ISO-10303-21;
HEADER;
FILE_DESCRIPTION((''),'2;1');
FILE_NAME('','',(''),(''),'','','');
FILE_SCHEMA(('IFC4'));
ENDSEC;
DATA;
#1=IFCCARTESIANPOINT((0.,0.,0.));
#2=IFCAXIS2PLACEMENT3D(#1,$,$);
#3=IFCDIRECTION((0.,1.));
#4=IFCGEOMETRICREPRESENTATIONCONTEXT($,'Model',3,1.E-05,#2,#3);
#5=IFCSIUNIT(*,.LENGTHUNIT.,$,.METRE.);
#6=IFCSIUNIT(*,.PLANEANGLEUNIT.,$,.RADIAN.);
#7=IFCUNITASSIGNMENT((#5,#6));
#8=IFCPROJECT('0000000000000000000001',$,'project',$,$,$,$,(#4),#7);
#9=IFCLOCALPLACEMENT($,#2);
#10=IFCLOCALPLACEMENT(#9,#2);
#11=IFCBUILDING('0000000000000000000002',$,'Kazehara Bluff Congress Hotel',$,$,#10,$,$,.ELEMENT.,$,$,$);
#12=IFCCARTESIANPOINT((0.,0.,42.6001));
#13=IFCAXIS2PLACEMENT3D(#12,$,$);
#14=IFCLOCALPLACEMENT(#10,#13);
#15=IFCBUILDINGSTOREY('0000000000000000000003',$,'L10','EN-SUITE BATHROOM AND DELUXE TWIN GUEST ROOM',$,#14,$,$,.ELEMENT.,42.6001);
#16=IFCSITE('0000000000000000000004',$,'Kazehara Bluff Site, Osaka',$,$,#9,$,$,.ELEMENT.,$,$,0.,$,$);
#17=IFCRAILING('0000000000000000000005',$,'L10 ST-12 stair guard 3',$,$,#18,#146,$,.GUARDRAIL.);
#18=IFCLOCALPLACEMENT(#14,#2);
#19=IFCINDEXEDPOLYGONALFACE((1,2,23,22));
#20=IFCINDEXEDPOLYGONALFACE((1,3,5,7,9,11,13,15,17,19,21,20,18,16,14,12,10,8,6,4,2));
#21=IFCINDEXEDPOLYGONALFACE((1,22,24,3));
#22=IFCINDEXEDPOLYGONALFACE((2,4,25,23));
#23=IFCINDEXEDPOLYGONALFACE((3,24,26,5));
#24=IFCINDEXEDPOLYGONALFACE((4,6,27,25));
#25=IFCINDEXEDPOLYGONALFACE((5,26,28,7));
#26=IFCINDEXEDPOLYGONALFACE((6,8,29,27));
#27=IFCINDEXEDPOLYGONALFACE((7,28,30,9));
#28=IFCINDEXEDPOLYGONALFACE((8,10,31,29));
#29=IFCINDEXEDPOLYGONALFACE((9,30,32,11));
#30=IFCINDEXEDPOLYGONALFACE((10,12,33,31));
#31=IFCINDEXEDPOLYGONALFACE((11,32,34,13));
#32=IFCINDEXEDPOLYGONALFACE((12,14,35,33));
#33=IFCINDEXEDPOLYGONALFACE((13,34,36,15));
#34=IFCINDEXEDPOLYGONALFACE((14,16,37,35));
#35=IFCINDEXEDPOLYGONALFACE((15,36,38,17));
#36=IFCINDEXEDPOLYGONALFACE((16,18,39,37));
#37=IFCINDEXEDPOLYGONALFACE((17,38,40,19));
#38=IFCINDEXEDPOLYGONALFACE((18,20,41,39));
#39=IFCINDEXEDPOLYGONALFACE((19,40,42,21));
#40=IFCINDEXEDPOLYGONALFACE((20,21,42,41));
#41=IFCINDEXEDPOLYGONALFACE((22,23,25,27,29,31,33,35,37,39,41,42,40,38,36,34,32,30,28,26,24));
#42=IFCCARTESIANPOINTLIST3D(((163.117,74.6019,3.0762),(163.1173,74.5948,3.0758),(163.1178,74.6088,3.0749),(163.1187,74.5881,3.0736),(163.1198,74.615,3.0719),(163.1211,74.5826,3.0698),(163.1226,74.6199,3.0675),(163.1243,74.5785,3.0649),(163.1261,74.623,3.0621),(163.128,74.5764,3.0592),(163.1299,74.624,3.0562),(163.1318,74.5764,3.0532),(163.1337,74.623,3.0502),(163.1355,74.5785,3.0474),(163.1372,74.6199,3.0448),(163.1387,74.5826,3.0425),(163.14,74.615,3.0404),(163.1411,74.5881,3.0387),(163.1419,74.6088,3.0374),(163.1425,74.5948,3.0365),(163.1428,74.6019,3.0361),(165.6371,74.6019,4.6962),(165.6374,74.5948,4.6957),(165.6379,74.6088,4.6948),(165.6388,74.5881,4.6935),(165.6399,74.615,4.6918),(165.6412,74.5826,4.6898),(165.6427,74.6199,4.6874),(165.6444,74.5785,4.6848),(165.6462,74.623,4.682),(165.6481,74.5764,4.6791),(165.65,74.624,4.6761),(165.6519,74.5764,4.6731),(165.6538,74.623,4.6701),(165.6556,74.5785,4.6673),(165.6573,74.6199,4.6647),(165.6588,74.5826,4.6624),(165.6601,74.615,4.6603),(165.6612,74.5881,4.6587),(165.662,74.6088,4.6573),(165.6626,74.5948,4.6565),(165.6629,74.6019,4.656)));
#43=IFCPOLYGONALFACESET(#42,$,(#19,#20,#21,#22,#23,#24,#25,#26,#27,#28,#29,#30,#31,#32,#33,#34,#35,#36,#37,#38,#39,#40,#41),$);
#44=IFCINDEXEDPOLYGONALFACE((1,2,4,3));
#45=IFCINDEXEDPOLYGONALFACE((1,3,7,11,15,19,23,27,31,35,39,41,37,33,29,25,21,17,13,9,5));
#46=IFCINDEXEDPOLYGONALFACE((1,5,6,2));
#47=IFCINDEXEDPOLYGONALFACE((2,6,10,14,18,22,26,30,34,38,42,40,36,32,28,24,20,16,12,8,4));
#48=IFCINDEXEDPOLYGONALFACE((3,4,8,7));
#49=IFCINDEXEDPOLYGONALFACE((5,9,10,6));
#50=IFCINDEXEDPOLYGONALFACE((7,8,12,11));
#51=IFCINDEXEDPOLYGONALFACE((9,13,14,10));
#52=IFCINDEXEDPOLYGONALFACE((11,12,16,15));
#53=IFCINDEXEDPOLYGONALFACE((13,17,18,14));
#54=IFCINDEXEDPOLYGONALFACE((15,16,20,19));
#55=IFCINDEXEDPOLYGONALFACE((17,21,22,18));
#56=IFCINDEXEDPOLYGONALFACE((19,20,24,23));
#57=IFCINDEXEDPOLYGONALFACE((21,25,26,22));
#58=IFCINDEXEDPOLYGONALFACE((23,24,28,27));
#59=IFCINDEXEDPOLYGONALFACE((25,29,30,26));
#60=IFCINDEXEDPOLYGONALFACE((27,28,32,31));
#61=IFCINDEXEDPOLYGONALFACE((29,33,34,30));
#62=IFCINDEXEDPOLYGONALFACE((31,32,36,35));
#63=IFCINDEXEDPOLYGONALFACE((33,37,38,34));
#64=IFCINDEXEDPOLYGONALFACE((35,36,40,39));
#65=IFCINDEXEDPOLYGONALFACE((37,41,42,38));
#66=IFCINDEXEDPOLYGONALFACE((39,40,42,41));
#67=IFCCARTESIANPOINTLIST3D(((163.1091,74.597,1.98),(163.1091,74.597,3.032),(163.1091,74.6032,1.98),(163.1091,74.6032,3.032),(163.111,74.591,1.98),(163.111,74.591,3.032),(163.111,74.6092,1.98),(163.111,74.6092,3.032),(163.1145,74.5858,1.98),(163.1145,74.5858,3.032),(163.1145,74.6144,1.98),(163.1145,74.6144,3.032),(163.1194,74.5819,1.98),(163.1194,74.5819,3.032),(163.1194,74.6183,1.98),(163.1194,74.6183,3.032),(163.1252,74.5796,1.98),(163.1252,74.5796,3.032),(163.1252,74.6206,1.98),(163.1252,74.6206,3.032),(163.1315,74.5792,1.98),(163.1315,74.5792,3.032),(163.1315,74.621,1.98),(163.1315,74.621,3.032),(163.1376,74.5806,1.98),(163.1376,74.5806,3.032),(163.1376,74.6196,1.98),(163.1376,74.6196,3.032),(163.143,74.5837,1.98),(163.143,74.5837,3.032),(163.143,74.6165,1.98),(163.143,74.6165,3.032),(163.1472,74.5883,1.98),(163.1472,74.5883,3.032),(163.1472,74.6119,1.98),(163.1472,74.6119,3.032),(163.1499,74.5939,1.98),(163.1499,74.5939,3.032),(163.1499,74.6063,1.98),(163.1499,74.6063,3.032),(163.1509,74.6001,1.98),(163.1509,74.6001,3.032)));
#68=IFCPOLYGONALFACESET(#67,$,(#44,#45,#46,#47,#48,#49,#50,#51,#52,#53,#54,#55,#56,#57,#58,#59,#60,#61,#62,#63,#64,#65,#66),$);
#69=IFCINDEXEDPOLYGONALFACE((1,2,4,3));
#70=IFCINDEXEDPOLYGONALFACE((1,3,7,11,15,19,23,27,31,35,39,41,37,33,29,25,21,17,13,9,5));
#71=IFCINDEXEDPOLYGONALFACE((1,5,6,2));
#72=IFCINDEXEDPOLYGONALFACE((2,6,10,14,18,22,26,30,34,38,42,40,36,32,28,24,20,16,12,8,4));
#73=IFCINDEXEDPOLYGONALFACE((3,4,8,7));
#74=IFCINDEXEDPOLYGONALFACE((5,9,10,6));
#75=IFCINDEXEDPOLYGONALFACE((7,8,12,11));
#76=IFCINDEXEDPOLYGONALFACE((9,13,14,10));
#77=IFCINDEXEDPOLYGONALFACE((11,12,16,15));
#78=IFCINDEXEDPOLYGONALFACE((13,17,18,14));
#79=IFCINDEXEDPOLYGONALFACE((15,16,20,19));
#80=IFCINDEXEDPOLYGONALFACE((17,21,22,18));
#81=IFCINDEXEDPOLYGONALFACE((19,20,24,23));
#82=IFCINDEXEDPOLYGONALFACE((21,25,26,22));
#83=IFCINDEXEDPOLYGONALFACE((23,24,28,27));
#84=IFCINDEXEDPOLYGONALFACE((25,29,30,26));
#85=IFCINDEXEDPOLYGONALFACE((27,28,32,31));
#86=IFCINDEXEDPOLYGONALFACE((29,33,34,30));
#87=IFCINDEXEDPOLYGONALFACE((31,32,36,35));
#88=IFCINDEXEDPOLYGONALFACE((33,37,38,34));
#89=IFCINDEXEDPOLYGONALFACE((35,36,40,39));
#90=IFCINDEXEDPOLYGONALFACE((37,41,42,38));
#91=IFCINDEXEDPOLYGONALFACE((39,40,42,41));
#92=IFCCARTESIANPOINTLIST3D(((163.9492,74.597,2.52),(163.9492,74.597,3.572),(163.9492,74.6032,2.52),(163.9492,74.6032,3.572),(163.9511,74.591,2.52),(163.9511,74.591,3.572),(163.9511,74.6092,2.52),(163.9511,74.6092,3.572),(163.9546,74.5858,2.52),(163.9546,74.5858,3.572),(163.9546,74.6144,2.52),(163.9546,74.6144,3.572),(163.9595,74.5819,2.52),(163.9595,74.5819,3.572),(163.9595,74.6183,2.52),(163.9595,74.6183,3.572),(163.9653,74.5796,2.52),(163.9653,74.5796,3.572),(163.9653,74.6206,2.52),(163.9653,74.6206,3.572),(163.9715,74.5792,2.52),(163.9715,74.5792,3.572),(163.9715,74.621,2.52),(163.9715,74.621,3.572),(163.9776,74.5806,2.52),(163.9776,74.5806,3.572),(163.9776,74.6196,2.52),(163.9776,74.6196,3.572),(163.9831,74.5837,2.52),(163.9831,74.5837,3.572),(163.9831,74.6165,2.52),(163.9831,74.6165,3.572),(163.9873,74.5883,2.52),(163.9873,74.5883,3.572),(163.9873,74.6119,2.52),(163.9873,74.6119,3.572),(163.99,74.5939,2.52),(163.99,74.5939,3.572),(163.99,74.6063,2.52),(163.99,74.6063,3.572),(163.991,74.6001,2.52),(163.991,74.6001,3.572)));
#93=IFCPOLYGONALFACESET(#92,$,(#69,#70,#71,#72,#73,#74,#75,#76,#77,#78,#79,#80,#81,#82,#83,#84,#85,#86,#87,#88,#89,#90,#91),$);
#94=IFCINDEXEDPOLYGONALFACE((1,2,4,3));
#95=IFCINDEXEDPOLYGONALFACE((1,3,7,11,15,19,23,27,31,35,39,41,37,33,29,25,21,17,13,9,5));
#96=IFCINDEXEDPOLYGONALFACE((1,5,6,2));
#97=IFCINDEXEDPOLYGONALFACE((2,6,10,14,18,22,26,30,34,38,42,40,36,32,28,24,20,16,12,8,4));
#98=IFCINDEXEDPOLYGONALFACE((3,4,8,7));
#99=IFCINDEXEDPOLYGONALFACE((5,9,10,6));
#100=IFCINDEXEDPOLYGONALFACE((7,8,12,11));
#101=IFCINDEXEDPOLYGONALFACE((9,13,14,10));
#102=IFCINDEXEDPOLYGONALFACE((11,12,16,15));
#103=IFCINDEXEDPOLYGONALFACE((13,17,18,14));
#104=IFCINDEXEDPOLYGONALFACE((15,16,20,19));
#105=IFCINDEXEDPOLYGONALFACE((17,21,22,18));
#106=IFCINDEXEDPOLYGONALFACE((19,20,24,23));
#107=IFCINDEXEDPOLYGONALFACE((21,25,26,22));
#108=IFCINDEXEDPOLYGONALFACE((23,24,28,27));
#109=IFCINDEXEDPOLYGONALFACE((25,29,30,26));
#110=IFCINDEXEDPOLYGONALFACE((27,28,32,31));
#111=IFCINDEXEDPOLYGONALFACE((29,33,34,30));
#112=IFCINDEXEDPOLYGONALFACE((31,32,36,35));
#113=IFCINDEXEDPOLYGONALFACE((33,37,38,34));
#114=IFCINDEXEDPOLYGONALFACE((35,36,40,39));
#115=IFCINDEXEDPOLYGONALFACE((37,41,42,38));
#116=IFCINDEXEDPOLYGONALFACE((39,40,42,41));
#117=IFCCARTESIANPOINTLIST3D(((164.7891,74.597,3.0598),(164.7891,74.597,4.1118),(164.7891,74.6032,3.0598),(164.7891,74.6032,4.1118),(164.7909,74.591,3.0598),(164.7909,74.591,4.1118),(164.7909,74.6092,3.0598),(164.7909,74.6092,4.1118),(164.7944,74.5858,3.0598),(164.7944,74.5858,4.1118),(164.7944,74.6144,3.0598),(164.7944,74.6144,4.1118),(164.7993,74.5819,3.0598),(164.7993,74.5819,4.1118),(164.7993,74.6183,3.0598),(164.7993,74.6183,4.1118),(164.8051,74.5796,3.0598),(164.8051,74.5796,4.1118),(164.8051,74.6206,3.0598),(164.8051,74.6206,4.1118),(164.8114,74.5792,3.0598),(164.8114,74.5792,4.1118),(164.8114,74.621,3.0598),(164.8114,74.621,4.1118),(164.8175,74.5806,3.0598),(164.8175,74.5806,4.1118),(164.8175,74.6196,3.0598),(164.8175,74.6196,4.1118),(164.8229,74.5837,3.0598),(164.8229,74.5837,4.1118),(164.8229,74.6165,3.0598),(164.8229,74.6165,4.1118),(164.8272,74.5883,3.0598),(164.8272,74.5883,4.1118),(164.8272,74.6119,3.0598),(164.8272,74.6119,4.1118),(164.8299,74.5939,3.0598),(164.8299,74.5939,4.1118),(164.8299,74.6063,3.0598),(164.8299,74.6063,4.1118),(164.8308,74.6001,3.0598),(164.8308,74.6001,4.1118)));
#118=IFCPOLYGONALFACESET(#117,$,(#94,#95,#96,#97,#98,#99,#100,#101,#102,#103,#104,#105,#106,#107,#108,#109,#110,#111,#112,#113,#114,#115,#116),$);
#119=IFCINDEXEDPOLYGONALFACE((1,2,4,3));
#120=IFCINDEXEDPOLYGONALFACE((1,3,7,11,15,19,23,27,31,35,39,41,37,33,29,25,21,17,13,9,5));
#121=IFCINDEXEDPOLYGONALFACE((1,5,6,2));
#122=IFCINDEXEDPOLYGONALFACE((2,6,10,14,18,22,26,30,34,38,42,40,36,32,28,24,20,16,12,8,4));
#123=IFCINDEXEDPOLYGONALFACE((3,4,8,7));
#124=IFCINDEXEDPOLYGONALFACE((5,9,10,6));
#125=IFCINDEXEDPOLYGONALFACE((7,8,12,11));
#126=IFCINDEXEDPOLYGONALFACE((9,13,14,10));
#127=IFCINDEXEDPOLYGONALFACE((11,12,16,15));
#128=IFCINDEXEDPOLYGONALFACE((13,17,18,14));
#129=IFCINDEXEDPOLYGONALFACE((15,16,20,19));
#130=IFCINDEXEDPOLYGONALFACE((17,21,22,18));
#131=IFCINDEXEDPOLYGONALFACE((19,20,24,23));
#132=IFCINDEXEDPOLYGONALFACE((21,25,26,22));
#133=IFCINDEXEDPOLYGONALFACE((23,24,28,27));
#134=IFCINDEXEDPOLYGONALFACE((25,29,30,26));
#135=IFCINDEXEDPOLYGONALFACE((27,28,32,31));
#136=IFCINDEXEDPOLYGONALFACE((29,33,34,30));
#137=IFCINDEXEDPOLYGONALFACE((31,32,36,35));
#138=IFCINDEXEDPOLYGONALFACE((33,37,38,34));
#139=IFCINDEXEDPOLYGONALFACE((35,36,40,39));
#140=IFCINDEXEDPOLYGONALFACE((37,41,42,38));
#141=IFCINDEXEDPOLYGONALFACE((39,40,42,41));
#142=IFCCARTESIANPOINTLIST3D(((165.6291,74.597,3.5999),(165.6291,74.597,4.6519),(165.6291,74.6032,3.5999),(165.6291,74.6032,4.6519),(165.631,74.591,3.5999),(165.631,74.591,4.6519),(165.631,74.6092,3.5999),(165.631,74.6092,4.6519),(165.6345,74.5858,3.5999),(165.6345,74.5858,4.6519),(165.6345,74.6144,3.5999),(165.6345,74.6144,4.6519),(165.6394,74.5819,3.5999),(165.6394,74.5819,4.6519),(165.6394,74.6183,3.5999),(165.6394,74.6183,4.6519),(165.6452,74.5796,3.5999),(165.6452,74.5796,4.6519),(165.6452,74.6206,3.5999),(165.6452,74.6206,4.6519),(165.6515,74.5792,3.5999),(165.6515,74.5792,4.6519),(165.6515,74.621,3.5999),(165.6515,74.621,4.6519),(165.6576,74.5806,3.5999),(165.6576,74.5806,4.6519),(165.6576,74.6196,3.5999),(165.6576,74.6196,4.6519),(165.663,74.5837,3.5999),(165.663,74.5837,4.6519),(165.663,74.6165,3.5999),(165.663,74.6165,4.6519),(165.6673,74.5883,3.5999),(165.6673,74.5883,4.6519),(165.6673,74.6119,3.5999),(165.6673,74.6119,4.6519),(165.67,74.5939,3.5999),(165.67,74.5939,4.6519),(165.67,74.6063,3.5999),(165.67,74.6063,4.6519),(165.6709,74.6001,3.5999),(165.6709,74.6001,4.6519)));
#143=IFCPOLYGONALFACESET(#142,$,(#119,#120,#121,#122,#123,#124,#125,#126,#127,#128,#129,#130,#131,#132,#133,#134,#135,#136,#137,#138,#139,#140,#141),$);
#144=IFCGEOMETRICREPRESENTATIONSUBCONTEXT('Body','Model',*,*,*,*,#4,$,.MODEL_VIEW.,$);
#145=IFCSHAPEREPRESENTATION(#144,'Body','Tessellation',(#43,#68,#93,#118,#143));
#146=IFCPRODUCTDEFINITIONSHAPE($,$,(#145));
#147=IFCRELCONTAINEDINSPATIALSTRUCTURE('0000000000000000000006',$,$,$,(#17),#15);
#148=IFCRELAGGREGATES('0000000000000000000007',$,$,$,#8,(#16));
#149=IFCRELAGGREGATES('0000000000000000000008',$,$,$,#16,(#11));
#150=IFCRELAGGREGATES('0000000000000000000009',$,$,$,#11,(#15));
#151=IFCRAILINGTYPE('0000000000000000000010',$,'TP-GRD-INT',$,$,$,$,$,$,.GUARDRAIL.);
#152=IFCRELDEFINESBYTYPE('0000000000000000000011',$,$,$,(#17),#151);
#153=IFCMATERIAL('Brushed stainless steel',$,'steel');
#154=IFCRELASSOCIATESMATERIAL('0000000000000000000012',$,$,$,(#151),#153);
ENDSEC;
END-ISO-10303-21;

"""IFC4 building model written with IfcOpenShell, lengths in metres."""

from ifc_helpers import new_model, si_unit, direction, frame, origin, origin_2d, place, context, subcontext, project, spatial, circle, extrude, material, type_object, element, save


model = new_model("IFC4")

# Units and contexts
model_context = context("Model", 3, precision=1e-05, world=origin(), true_north=direction((0.0, 1.0)))
body_context = subcontext(model_context, "Body", "Model", "MODEL_VIEW")
ifc_project = project(units=[si_unit("LENGTHUNIT", "METRE"), si_unit("PLANEANGLEUNIT", "RADIAN")], contexts=[model_context])

# Site, building, storey
site_placement = place(None, origin())
site = spatial("IfcSite", under=ifc_project, at=site_placement, Name="Kazehara Bluff Site, Osaka", CompositionType="ELEMENT", RefElevation=0.0)
building_placement = place(site_placement, origin())
building = spatial("IfcBuilding", under=site, at=building_placement, Name="Kazehara Bluff Congress Hotel", CompositionType="ELEMENT")
storey_placement = place(building_placement, frame((0.0, 0.0, 42.6001)))
storey = spatial("IfcBuildingStorey", under=building, at=storey_placement, Name="L10", Description="EN-SUITE BATHROOM AND DELUXE TWIN GUEST ROOM", CompositionType="ELEMENT", Elevation=42.6001)

# Railing
ifc_material_1 = material(Name="Brushed stainless steel", Category="steel")
railing_type_1 = type_object("IfcRailingType", Name="TP-GRD-INT", PredefinedType="GUARDRAIL", material=ifc_material_1)
railing_1_placement = place(storey_placement, frame((163.1299, 74.6001, 1.98)))
element("IfcRailing", 1, at=railing_1_placement, inside=storey, type_object=railing_type_1, Name="L10 ST-12 stair guard 3", PredefinedType="GUARDRAIL", context=body_context, shape_type="SweptSolid", body=[
    extrude(circle(Radius=0.0239, at=origin_2d()), frame((0.0, 0.0, 1.0762), z_axis=(0.8412, 0.0, 0.540725), x_axis=(0.0, 1.0, 0.0)), (0.0, 0.0, 1.0), 2.9958),
    extrude(circle(Radius=0.021, at=origin_2d()), origin(), (0.0, 0.0, 1.0), 1.052),
    extrude(circle(Radius=0.021, at=origin_2d()), frame((0.8401, 0.0, 0.54)), (0.0, 0.0, 1.0), 1.052),
    extrude(circle(Radius=0.021, at=origin_2d()), frame((1.6799, 0.0, 1.0798)), (0.0, 0.0, 1.0), 1.052),
    extrude(circle(Radius=0.021, at=origin_2d()), frame((2.52, 0.0, 1.6199)), (0.0, 0.0, 1.0), 1.052),
])

save(model, "model.ifc")
